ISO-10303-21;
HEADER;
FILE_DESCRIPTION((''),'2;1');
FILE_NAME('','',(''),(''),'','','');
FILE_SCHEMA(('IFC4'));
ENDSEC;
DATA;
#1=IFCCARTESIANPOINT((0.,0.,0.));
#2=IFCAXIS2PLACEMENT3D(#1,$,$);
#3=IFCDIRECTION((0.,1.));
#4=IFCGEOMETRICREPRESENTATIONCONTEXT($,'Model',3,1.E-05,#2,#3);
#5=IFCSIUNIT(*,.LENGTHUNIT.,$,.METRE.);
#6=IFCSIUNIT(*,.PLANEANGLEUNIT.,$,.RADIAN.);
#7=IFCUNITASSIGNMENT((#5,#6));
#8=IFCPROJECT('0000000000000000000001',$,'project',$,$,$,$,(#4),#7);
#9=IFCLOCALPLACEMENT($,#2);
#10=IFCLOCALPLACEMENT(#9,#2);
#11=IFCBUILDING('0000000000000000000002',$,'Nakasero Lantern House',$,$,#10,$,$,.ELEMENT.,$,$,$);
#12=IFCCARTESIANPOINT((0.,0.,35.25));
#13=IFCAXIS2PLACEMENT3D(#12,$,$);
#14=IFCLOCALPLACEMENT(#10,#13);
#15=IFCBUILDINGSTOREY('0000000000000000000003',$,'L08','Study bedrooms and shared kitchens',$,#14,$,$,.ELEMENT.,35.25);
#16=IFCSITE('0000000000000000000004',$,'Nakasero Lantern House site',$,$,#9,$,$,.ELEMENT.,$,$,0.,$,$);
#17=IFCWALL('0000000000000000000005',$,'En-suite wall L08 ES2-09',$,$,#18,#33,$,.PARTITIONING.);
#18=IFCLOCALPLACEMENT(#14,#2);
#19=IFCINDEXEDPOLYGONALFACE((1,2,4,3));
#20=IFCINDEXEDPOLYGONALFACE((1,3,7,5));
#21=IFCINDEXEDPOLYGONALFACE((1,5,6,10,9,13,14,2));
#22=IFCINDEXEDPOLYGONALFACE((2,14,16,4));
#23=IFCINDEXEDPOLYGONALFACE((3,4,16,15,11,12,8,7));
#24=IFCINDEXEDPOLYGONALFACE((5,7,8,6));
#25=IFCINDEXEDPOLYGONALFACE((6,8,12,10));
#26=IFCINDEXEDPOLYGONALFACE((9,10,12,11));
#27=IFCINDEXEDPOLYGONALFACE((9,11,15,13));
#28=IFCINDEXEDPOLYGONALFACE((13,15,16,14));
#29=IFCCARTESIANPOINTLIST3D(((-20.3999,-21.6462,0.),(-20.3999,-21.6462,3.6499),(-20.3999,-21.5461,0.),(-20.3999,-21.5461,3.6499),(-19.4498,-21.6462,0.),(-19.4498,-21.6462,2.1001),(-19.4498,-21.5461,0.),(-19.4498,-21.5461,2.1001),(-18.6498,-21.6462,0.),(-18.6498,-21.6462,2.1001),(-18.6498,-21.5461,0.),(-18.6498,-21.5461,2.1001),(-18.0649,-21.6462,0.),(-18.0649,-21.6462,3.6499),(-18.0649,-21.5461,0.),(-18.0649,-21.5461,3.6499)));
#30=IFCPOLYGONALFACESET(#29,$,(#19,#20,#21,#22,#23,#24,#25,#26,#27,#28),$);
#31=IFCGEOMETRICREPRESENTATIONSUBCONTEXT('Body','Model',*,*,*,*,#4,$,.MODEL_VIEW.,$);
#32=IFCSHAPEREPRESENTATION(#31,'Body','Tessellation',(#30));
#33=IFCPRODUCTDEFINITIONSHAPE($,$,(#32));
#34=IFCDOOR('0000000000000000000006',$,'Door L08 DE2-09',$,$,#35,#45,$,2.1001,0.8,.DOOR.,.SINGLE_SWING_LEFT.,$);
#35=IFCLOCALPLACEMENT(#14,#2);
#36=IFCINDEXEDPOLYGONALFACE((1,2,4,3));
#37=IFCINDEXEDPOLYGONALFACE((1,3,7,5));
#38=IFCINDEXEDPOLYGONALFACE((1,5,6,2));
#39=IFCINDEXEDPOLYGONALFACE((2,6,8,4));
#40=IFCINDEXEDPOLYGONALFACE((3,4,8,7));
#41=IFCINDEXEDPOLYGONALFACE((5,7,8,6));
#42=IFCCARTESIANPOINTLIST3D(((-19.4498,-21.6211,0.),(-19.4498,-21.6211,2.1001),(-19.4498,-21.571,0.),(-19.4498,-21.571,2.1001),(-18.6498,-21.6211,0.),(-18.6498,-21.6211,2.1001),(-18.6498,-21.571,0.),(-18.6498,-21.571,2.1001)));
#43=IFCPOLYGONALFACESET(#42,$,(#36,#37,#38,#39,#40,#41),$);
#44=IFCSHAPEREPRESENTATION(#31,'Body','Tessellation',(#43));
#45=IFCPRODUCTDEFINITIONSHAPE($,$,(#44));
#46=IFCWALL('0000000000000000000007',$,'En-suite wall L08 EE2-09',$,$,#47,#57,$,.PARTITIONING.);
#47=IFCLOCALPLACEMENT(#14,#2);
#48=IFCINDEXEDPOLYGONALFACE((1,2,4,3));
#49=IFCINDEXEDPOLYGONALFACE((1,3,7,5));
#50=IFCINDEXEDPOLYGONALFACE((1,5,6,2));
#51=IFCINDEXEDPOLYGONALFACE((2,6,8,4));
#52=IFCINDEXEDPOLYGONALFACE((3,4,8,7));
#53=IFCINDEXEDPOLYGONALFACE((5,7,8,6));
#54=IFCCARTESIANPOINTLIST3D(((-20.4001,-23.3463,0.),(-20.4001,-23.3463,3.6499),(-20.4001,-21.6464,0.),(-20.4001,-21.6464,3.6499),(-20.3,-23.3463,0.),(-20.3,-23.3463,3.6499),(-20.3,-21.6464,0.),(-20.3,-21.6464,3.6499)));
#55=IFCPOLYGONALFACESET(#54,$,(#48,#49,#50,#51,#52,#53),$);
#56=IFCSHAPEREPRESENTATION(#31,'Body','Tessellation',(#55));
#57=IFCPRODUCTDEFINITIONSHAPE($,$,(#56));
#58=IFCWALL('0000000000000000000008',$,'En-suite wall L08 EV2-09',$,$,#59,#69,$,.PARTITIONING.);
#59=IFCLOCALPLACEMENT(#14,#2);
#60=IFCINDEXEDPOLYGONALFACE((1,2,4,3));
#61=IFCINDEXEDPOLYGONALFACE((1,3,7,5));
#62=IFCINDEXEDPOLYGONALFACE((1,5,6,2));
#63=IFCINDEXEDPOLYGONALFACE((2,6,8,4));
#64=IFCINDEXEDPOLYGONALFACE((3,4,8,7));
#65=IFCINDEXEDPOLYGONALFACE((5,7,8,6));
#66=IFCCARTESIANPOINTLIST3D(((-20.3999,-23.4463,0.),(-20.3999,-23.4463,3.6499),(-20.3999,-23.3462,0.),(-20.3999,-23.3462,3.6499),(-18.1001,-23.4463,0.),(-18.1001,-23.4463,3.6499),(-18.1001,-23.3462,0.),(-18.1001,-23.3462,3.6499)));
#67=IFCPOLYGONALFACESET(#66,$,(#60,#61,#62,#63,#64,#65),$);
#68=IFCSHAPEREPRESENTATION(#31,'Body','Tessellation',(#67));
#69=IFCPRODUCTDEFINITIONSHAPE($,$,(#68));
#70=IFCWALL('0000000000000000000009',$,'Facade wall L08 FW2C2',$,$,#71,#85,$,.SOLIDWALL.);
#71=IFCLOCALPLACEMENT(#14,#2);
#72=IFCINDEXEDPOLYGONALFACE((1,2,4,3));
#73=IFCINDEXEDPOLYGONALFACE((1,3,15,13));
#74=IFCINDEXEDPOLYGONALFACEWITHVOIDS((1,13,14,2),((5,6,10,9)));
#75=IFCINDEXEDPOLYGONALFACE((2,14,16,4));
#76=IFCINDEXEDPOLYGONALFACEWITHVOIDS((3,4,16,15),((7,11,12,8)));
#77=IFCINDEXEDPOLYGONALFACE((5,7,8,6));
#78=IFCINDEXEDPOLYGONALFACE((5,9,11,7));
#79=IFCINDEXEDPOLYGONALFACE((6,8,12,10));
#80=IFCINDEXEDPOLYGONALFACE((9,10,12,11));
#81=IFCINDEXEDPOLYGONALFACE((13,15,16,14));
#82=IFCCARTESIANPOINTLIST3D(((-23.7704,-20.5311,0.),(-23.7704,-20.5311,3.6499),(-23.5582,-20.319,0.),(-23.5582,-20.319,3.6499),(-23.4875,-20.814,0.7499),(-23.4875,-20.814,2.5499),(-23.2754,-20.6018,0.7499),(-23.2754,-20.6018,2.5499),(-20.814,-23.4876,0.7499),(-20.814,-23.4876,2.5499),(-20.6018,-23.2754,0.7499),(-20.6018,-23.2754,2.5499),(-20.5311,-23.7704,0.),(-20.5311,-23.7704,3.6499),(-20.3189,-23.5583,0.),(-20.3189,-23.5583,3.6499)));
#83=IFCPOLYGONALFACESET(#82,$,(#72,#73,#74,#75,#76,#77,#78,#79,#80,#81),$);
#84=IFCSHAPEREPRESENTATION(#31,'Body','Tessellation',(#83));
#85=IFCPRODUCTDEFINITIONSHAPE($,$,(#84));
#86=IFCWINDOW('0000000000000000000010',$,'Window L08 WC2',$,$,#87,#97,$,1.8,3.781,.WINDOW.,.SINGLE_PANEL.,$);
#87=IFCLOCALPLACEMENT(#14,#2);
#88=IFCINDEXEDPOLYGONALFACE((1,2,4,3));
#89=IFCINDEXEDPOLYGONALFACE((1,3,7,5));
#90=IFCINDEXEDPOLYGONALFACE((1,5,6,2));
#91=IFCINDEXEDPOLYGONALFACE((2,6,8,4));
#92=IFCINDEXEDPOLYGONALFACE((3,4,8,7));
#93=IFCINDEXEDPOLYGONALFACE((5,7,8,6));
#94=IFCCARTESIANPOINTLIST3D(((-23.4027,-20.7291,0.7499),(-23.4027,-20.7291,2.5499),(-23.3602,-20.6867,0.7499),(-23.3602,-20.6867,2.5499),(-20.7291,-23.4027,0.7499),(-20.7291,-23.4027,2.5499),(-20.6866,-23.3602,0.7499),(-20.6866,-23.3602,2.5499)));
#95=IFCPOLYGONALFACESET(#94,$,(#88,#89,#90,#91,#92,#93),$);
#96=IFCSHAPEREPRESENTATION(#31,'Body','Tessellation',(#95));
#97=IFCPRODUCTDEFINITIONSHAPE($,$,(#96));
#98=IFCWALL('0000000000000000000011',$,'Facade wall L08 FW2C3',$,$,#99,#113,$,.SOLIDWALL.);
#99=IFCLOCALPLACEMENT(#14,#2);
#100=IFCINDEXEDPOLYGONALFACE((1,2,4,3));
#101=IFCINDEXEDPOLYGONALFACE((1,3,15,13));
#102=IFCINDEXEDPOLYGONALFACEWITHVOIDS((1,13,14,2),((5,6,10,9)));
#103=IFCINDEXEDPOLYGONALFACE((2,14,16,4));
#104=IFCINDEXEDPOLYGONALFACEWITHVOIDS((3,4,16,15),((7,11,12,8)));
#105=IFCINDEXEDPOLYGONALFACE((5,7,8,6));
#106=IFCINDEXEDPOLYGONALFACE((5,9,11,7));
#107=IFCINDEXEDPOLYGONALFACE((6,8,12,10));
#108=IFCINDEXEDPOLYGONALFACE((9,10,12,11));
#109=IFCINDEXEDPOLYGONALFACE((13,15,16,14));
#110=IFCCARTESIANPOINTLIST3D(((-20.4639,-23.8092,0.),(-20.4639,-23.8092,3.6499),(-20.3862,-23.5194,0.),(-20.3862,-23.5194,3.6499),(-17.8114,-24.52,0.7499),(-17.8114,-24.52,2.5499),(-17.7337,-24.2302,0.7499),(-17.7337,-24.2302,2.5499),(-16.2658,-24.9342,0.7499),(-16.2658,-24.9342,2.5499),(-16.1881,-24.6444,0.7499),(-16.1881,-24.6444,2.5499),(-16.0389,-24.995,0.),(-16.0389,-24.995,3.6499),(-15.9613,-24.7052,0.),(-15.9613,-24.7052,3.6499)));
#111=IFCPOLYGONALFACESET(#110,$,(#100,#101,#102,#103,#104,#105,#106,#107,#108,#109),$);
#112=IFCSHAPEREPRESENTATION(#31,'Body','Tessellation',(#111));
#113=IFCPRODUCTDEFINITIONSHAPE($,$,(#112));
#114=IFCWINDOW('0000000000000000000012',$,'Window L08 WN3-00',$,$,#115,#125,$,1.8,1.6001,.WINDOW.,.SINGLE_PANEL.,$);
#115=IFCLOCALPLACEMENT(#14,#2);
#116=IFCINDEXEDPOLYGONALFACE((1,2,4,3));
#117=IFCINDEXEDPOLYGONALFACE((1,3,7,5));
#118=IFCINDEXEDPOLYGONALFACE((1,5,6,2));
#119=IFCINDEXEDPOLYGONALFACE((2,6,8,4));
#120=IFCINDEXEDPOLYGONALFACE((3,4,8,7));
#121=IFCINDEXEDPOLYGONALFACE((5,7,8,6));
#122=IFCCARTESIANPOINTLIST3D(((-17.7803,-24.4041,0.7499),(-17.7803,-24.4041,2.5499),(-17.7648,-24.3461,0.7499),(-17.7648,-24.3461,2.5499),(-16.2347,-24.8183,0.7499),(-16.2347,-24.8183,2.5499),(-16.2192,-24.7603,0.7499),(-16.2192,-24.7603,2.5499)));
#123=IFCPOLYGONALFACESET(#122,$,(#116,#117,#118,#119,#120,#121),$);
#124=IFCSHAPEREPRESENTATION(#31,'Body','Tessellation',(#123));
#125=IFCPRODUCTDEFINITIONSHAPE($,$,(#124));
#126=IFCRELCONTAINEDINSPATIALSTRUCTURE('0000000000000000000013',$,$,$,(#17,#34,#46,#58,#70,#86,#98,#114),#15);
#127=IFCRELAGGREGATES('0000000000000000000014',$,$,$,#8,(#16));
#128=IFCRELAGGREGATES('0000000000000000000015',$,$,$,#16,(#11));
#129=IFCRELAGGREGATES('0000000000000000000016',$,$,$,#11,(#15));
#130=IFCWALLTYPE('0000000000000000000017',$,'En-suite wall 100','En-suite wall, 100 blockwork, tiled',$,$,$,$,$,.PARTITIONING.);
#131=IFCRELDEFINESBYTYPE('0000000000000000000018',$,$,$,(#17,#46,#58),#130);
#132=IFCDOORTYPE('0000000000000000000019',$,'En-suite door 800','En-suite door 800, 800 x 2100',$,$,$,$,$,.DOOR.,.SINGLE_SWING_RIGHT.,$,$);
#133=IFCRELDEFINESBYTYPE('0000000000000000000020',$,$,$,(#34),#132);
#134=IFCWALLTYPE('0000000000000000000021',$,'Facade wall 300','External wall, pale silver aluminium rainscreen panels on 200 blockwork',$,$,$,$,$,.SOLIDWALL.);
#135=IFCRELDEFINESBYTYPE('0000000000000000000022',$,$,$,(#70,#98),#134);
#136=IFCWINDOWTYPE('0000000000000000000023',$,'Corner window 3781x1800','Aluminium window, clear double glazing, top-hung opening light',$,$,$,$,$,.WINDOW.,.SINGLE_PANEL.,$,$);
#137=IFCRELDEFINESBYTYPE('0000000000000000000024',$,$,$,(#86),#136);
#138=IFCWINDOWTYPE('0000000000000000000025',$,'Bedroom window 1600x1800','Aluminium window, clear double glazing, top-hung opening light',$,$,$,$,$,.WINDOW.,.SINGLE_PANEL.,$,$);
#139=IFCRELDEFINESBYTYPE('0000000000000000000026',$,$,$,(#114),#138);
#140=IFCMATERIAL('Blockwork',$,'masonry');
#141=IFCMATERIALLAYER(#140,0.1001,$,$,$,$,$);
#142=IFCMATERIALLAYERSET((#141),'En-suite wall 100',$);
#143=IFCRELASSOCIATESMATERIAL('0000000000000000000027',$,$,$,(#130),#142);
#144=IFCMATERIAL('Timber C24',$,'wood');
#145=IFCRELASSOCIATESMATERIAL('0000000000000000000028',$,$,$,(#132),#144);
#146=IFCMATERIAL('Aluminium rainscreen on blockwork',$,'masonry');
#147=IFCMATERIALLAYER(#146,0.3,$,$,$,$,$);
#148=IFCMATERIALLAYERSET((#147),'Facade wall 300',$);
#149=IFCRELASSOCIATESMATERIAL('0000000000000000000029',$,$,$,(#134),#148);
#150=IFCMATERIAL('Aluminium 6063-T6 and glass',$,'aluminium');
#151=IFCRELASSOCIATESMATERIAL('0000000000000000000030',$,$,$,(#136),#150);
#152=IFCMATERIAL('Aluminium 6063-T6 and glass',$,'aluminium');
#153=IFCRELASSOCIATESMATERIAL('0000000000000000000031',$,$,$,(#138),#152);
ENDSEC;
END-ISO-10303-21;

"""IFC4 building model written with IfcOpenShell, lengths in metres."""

from ifc_helpers import new_model, si_unit, direction, frame, frame_2d, origin, place, context, subcontext, project, spatial, rectangle, extrude, material, layer, layer_set, type_object, element, fill, save


model = new_model("IFC4")

# Units and contexts
model_context = context("Model", 3, precision=1e-05, world=origin(), true_north=direction((0.0, 1.0)))
body_context = subcontext(model_context, "Body", "Model", "MODEL_VIEW")
ifc_project = project(units=[si_unit("LENGTHUNIT", "METRE"), si_unit("PLANEANGLEUNIT", "RADIAN")], contexts=[model_context])

# Site, building, storey
site_placement = place(None, origin())
site = spatial("IfcSite", under=ifc_project, at=site_placement, Name="Nakasero Lantern House site", CompositionType="ELEMENT", RefElevation=0.0)
building_placement = place(site_placement, origin())
building = spatial("IfcBuilding", under=site, at=building_placement, Name="Nakasero Lantern House", CompositionType="ELEMENT")
storey_placement = place(building_placement, frame((0.0, 0.0, 35.25)))
storey = spatial("IfcBuildingStorey", under=building, at=storey_placement, Name="L08", Description="Study bedrooms and shared kitchens", CompositionType="ELEMENT", Elevation=35.25)

# Wall, opening, door
ifc_material_1 = material(Name="Blockwork", Category="masonry")
ifc_layer_1 = layer(ifc_material_1, 0.1001)
ifc_layer_set_1 = layer_set([ifc_layer_1], Name="En-suite wall 100")
wall_type_1 = type_object("IfcWallType", Name="En-suite wall 100", Description="En-suite wall, 100 blockwork, tiled", PredefinedType="PARTITIONING", material=ifc_layer_set_1)
wall_1_placement = place(storey_placement, frame((-18.0649, -21.5962, 0.0), z_axis=(0.0, 0.0, 1.0), x_axis=(-1.0, 0.0, 0.0)))
wall_1 = element("IfcWall", 1, at=wall_1_placement, inside=storey, type_object=wall_type_1, Name="En-suite wall L08 ES2-09", PredefinedType="PARTITIONING", context=body_context, shape_type="SweptSolid", body=[
    extrude(rectangle(XDim=2.335, YDim=0.1001, at=frame_2d((1.1675, 0.0))), origin(), (0.0, 0.0, 1.0), 3.6499),
])
opening_1_placement = place(wall_1_placement, frame((0.585, 0.0, 0.0)))
opening_1 = element("IfcOpeningElement", 2, at=opening_1_placement, cuts=wall_1, PredefinedType="OPENING", context=body_context, shape_type="SweptSolid", body=[
    extrude(rectangle(XDim=0.8, YDim=2.1001, at=frame_2d((0.3999, 1.05))), frame((0.0, 0.0701, 0.0), z_axis=(0.0, -1.0, 0.0), x_axis=(1.0, 0.0, 0.0)), (0.0, 0.0, 1.0), 0.1401),
])
ifc_material_2 = material(Name="Timber C24", Category="wood")
door_type_1 = type_object("IfcDoorType", Name="En-suite door 800", Description="En-suite door 800, 800 x 2100", OperationType="SINGLE_SWING_RIGHT", PredefinedType="DOOR", material=ifc_material_2)
door_1_placement = place(opening_1_placement, origin())
door_1 = element("IfcDoor", 3, at=door_1_placement, inside=storey, type_object=door_type_1, Name="Door L08 DE2-09", OperationType="SINGLE_SWING_LEFT", OverallHeight=2.1001, OverallWidth=0.8, PredefinedType="DOOR", context=body_context, shape_type="SweptSolid", body=[
    extrude(rectangle(XDim=0.8, YDim=2.1001, at=frame_2d((0.3999, 1.05))), frame((0.0, 0.0249, 0.0), z_axis=(0.0, -1.0, 0.0), x_axis=(1.0, 0.0, 0.0)), (0.0, 0.0, 1.0), 0.05),
])
fill(opening_1, door_1)

# Walls
wall_2_placement = place(storey_placement, frame((-20.3501, -21.6462, 0.0), z_axis=(0.0, 0.0, 1.0), x_axis=(0.0, -1.0, 0.0)))
element("IfcWall", 4, at=wall_2_placement, inside=storey, type_object=wall_type_1, Name="En-suite wall L08 EE2-09", PredefinedType="PARTITIONING", context=body_context, shape_type="SweptSolid", body=[
    extrude(rectangle(XDim=1.7, YDim=0.1001, at=frame_2d((0.8501, 0.0))), origin(), (0.0, 0.0, 1.0), 3.6499),
])
wall_3_placement = place(storey_placement, frame((-18.1001, -23.3962, 0.0), z_axis=(0.0, 0.0, 1.0), x_axis=(-1.0, 0.0, 0.0)))
element("IfcWall", 5, at=wall_3_placement, inside=storey, type_object=wall_type_1, Name="En-suite wall L08 EV2-09", PredefinedType="PARTITIONING", context=body_context, shape_type="SweptSolid", body=[
    extrude(rectangle(XDim=2.2998, YDim=0.1001, at=frame_2d((1.1499, 0.0))), origin(), (0.0, 0.0, 1.0), 3.6499),
])

# Walls, openings, windows
ifc_material_3 = material(Name="Aluminium rainscreen on blockwork", Category="masonry")
ifc_layer_2 = layer(ifc_material_3, 0.3)
ifc_layer_set_2 = layer_set([ifc_layer_2], Name="Facade wall 300")
wall_type_2 = type_object("IfcWallType", Name="Facade wall 300", Description="External wall, pale silver aluminium rainscreen panels on 200 blockwork", PredefinedType="SOLIDWALL", material=ifc_layer_set_2)
wall_4_placement = place(storey_placement, frame((-23.6643, -20.425, 0.0), z_axis=(0.0, 0.0, 1.0), x_axis=(0.707107, -0.707107, 0.0)))
wall_4 = element("IfcWall", 6, at=wall_4_placement, inside=storey, type_object=wall_type_2, Name="Facade wall L08 FW2C2", PredefinedType="SOLIDWALL", context=body_context, shape_type="SweptSolid", body=[
    extrude(rectangle(XDim=4.5811, YDim=0.3, at=frame_2d((2.2905, 0.0))), origin(), (0.0, 0.0, 1.0), 3.6499),
])
opening_2_placement = place(wall_4_placement, frame((0.3999, 0.0, 0.75)))
opening_2 = element("IfcOpeningElement", 7, at=opening_2_placement, cuts=wall_4, PredefinedType="OPENING", context=body_context, shape_type="SweptSolid", body=[
    extrude(rectangle(XDim=3.781, YDim=1.8, at=frame_2d((1.8906, 0.8999))), frame((0.0, 0.1699, 0.0), z_axis=(0.0, -1.0, 0.0), x_axis=(1.0, 0.0, 0.0)), (0.0, 0.0, 1.0), 0.3401),
])
ifc_material_4 = material(Name="Aluminium 6063-T6 and glass", Category="aluminium")
window_type_1 = type_object("IfcWindowType", Name="Corner window 3781x1800", Description="Aluminium window, clear double glazing, top-hung opening light", PartitioningType="SINGLE_PANEL", PredefinedType="WINDOW", material=ifc_material_4)
window_1_placement = place(opening_2_placement, origin())
window_1 = element("IfcWindow", 8, at=window_1_placement, inside=storey, type_object=window_type_1, Name="Window L08 WC2", OverallHeight=1.8, OverallWidth=3.781, PartitioningType="SINGLE_PANEL", PredefinedType="WINDOW", context=body_context, shape_type="SweptSolid", body=[
    extrude(rectangle(XDim=3.781, YDim=1.8, at=frame_2d((1.8906, 0.8999))), frame((0.0, 0.03, 0.0), z_axis=(0.0, -1.0, 0.0), x_axis=(1.0, 0.0, 0.0)), (0.0, 0.0, 1.0), 0.0601),
])
fill(opening_2, window_1)
wall_5_placement = place(storey_placement, frame((-20.425, -23.6643, 0.0), z_axis=(0.0, 0.0, 1.0), x_axis=(0.96592, -0.25884, 0.0)))
wall_5 = element("IfcWall", 9, at=wall_5_placement, inside=storey, type_object=wall_type_2, Name="Facade wall L08 FW2C3", PredefinedType="SOLIDWALL", context=body_context, shape_type="SweptSolid", body=[
    extrude(rectangle(XDim=4.5811, YDim=0.3, at=frame_2d((2.2905, 0.0))), origin(), (0.0, 0.0, 1.0), 3.6499),
])
opening_3_placement = place(wall_5_placement, frame((2.7461, 0.0, 0.75)))
opening_3 = element("IfcOpeningElement", 10, at=opening_3_placement, cuts=wall_5, PredefinedType="OPENING", context=body_context, shape_type="SweptSolid", body=[
    extrude(rectangle(XDim=1.6001, YDim=1.8, at=frame_2d((0.8, 0.8999))), frame((0.0, 0.1699, 0.0), z_axis=(0.0, -1.0, 0.0), x_axis=(1.0, 0.0, 0.0)), (0.0, 0.0, 1.0), 0.3401),
])
ifc_material_5 = material(Name="Aluminium 6063-T6 and glass", Category="aluminium")
window_type_2 = type_object("IfcWindowType", Name="Bedroom window 1600x1800", Description="Aluminium window, clear double glazing, top-hung opening light", PartitioningType="SINGLE_PANEL", PredefinedType="WINDOW", material=ifc_material_5)
window_2_placement = place(opening_3_placement, origin())
window_2 = element("IfcWindow", 11, at=window_2_placement, inside=storey, type_object=window_type_2, Name="Window L08 WN3-00", OverallHeight=1.8, OverallWidth=1.6001, PartitioningType="SINGLE_PANEL", PredefinedType="WINDOW", context=body_context, shape_type="SweptSolid", body=[
    extrude(rectangle(XDim=1.6001, YDim=1.8, at=frame_2d((0.8, 0.8999))), frame((0.0, 0.03, 0.0), z_axis=(0.0, -1.0, 0.0), x_axis=(1.0, 0.0, 0.0)), (0.0, 0.0, 1.0), 0.0601),
])
fill(opening_3, window_2)

save(model, "model.ifc")
